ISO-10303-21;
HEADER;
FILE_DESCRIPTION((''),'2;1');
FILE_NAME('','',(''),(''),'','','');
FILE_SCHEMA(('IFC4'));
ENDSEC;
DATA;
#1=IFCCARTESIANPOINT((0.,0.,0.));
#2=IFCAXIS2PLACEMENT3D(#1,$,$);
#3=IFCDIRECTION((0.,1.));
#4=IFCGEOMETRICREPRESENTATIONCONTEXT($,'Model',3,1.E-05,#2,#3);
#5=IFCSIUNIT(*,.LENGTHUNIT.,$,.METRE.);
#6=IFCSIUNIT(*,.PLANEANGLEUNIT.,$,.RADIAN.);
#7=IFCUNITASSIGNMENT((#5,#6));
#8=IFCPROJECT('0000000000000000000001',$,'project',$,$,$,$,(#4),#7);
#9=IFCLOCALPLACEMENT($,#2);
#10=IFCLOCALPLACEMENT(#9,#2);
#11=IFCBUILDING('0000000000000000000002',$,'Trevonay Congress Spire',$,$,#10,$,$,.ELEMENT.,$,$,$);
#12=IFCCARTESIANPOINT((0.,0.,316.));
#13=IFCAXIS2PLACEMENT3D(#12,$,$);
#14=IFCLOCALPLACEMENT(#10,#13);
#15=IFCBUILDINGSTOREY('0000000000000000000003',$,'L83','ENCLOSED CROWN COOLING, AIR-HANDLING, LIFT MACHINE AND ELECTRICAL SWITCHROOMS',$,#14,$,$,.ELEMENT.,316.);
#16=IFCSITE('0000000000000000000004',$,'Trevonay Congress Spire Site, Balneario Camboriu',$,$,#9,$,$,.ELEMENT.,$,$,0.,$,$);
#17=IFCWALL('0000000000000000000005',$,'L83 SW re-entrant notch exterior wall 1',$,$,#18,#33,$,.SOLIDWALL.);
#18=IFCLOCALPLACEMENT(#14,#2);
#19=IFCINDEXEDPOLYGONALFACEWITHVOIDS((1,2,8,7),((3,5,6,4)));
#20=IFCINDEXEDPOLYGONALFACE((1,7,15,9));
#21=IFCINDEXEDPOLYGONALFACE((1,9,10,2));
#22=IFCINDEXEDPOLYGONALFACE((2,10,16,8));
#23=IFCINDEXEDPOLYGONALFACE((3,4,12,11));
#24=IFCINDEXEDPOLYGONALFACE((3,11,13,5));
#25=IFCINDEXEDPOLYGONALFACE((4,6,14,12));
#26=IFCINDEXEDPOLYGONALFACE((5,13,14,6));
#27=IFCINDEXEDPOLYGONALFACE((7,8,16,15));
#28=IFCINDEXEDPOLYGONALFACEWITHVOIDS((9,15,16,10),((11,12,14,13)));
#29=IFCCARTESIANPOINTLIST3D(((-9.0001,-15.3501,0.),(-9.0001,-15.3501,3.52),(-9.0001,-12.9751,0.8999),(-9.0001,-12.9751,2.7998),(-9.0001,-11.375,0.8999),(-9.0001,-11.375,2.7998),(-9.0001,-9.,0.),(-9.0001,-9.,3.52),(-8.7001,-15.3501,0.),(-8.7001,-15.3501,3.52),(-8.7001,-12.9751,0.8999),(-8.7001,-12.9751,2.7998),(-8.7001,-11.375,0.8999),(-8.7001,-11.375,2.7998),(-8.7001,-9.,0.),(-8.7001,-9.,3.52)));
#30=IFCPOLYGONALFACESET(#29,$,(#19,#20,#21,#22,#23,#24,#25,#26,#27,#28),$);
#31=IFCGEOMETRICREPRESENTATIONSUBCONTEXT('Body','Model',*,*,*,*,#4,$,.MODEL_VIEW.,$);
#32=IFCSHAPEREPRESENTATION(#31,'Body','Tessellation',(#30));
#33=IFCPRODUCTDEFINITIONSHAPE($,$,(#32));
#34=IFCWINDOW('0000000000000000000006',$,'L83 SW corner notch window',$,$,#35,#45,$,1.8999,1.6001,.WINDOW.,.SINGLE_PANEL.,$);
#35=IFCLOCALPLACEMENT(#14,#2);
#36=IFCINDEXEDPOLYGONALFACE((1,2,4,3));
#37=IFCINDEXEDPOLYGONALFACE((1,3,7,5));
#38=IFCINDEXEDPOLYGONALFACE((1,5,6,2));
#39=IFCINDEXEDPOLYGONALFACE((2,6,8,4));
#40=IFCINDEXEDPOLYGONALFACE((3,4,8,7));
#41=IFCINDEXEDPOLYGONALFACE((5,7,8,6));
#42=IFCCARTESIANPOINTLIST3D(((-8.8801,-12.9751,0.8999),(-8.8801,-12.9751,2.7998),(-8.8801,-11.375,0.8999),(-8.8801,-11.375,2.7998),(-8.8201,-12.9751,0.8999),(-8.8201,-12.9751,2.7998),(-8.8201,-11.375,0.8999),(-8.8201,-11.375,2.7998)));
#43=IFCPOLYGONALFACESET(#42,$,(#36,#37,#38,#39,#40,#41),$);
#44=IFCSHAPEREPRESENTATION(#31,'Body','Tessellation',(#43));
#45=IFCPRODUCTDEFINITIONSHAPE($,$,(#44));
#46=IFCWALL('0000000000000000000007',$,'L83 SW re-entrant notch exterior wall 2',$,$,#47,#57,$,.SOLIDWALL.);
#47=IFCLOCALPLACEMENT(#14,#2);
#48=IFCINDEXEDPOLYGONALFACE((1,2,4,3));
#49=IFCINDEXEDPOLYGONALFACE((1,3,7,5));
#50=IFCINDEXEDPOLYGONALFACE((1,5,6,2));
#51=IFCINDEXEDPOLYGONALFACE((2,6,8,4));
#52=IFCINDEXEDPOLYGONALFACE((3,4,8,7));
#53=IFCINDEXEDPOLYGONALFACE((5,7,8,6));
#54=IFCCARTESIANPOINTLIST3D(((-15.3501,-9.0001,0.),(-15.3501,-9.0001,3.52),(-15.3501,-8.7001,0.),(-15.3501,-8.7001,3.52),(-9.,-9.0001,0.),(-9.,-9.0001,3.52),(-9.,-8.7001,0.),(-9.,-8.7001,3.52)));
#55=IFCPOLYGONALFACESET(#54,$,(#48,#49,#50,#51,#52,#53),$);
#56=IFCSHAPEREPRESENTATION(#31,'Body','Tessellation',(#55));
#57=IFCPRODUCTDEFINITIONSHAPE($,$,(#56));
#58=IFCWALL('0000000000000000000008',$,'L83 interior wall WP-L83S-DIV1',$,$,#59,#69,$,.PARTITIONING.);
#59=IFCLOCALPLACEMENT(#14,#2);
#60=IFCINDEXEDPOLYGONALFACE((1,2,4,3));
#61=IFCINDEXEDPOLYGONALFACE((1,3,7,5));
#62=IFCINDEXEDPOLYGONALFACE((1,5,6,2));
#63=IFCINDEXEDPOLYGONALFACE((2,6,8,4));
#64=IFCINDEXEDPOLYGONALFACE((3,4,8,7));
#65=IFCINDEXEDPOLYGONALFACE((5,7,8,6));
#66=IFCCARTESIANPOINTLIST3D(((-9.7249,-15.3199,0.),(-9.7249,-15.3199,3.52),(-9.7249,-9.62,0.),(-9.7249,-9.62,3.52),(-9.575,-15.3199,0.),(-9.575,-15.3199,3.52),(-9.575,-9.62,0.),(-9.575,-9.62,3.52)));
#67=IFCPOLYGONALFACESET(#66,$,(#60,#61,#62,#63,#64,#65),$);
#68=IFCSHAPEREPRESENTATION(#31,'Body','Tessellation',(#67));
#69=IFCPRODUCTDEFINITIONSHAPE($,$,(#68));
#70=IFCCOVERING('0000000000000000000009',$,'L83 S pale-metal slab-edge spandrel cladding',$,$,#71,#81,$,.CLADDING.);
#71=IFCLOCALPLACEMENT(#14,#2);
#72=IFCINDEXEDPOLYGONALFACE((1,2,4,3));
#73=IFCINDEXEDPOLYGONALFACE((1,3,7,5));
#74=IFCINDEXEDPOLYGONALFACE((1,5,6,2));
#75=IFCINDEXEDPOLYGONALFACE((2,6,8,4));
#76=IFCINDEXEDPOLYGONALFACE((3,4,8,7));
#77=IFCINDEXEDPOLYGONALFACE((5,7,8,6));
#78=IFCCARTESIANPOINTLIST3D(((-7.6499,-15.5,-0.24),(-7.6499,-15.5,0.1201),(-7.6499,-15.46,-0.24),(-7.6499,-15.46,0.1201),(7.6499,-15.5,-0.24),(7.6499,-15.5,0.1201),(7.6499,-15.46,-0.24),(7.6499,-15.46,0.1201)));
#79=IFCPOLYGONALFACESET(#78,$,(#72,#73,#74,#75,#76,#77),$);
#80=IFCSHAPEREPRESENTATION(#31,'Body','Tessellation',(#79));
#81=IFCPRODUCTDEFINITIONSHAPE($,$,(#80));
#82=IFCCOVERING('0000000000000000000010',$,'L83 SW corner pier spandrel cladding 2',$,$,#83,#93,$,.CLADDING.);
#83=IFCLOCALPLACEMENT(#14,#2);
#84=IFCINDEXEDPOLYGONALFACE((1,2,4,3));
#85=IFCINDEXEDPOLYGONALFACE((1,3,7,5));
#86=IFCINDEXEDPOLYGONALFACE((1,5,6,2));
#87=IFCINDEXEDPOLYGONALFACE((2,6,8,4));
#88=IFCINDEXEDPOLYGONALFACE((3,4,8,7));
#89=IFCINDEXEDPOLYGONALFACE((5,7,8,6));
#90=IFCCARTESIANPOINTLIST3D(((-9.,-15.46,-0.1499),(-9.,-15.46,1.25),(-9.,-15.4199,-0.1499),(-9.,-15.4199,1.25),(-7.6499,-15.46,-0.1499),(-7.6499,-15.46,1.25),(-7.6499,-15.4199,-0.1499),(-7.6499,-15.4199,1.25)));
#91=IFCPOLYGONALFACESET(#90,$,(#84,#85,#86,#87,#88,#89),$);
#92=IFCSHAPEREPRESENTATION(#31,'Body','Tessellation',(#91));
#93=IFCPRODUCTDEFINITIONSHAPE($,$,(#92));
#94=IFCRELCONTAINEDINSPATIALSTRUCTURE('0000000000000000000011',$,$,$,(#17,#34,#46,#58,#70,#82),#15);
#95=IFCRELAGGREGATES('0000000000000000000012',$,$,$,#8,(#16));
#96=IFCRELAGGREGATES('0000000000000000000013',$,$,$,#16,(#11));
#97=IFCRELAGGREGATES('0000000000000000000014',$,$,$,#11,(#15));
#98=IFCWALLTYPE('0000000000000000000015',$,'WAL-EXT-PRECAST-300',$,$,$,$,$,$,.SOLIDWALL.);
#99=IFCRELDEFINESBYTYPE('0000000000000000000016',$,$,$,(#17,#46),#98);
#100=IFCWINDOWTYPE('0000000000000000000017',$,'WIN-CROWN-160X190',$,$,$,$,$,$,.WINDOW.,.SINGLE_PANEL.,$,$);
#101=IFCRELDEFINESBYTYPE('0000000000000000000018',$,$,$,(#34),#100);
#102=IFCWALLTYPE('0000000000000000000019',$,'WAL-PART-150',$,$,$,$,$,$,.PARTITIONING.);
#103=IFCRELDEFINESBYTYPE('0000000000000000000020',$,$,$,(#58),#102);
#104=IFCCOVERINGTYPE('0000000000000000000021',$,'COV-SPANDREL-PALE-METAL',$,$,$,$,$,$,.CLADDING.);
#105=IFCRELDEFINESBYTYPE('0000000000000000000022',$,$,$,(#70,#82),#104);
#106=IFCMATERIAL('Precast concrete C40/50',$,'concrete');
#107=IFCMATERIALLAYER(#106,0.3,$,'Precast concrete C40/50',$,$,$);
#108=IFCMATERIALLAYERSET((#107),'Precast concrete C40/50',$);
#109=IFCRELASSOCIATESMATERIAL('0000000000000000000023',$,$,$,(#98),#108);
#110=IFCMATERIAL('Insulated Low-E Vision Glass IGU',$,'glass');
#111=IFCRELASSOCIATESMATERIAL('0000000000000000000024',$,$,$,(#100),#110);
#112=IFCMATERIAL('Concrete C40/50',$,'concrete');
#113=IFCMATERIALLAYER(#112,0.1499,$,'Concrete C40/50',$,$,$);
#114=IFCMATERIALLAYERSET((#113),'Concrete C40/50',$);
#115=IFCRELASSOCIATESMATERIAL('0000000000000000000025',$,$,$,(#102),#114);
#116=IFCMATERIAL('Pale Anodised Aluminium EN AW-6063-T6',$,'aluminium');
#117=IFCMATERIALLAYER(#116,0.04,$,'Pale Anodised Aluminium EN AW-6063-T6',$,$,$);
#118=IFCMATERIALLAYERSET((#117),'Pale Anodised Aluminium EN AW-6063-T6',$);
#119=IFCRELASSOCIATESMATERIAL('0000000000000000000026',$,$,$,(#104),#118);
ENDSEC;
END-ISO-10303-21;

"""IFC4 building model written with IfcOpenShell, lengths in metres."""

from ifc_helpers import new_model, si_unit, direction, frame, frame_2d, origin, place, context, subcontext, project, spatial, rectangle, extrude, material, layer, layer_set, type_object, element, fill, save


model = new_model("IFC4")

# Units and contexts
model_context = context("Model", 3, precision=1e-05, world=origin(), true_north=direction((0.0, 1.0)))
body_context = subcontext(model_context, "Body", "Model", "MODEL_VIEW")
ifc_project = project(units=[si_unit("LENGTHUNIT", "METRE"), si_unit("PLANEANGLEUNIT", "RADIAN")], contexts=[model_context])

# Site, building, storey
site_placement = place(None, origin())
site = spatial("IfcSite", under=ifc_project, at=site_placement, Name="Trevonay Congress Spire Site, Balneario Camboriu", CompositionType="ELEMENT", RefElevation=0.0)
building_placement = place(site_placement, origin())
building = spatial("IfcBuilding", under=site, at=building_placement, Name="Trevonay Congress Spire", CompositionType="ELEMENT")
storey_placement = place(building_placement, frame((0.0, 0.0, 316.0)))
storey = spatial("IfcBuildingStorey", under=building, at=storey_placement, Name="L83", Description="ENCLOSED CROWN COOLING, AIR-HANDLING, LIFT MACHINE AND ELECTRICAL SWITCHROOMS", CompositionType="ELEMENT", Elevation=316.0)

# Shared definitions
ifc_material_1 = material(Name="Pale Anodised Aluminium EN AW-6063-T6", Category="aluminium")

# Shared definitions
ifc_material_2 = material(Name="Concrete C40/50", Category="concrete")

# Wall, opening, window
ifc_material_3 = material(Name="Precast concrete C40/50", Category="concrete")
ifc_layer_1 = layer(ifc_material_3, 0.3, Name="Precast concrete C40/50")
ifc_layer_set_1 = layer_set([ifc_layer_1], Name="Precast concrete C40/50")
wall_type_1 = type_object("IfcWallType", Name="WAL-EXT-PRECAST-300", PredefinedType="SOLIDWALL", material=ifc_layer_set_1)
wall_1_placement = place(storey_placement, frame((-8.8501, -15.3501, 0.0), z_axis=(0.0, 0.0, 1.0), x_axis=(0.0, 1.0, 0.0)))
wall_1 = element("IfcWall", 1, at=wall_1_placement, inside=storey, type_object=wall_type_1, Name="L83 SW re-entrant notch exterior wall 1", PredefinedType="SOLIDWALL", context=body_context, shape_type="SweptSolid", body=[
    extrude(rectangle(XDim=6.3501, YDim=0.3, at=frame_2d((3.175, 0.0))), origin(), (0.0, 0.0, 1.0), 3.52),
])
opening_1_placement = place(wall_1_placement, frame((2.375, 0.0, 0.8999)))
opening_1 = element("IfcOpeningElement", 2, at=opening_1_placement, cuts=wall_1, PredefinedType="OPENING", context=body_context, shape_type="SweptSolid", body=[
    extrude(rectangle(XDim=1.6001, YDim=1.8999, at=frame_2d((0.8, 0.95))), frame((0.0, 0.1602, 0.0), z_axis=(0.0, -1.0, 0.0), x_axis=(1.0, 0.0, 0.0)), (0.0, 0.0, 1.0), 0.3201),
])
ifc_material_4 = material(Name="Insulated Low-E Vision Glass IGU", Category="glass")
window_type = type_object("IfcWindowType", Name="WIN-CROWN-160X190", PartitioningType="SINGLE_PANEL", PredefinedType="WINDOW", material=ifc_material_4)
window_placement = place(opening_1_placement, origin())
window = element("IfcWindow", 3, at=window_placement, inside=storey, type_object=window_type, Name="L83 SW corner notch window", OverallHeight=1.8999, OverallWidth=1.6001, PartitioningType="SINGLE_PANEL", PredefinedType="WINDOW", context=body_context, shape_type="SweptSolid", body=[
    extrude(rectangle(XDim=1.6001, YDim=1.8999, at=frame_2d((0.8, 0.95))), frame((0.0, 0.03, 0.0), z_axis=(0.0, -1.0, 0.0), x_axis=(1.0, 0.0, 0.0)), (0.0, 0.0, 1.0), 0.0601),
])
fill(opening_1, window)

# Walls
wall_2_placement = place(storey_placement, frame((-15.3501, -8.8501, 0.0), z_axis=(0.0, 0.0, 1.0), x_axis=(1.0, 0.0, 0.0)))
element("IfcWall", 4, at=wall_2_placement, inside=storey, type_object=wall_type_1, Name="L83 SW re-entrant notch exterior wall 2", PredefinedType="SOLIDWALL", context=body_context, shape_type="SweptSolid", body=[
    extrude(rectangle(XDim=6.3501, YDim=0.3, at=frame_2d((3.175, 0.0))), origin(), (0.0, 0.0, 1.0), 3.52),
])
ifc_layer_2 = layer(ifc_material_2, 0.1499, Name="Concrete C40/50")
ifc_layer_set_2 = layer_set([ifc_layer_2], Name="Concrete C40/50")
wall_type_2 = type_object("IfcWallType", Name="WAL-PART-150", PredefinedType="PARTITIONING", material=ifc_layer_set_2)
wall_3_placement = place(storey_placement, frame((-9.6499, -15.3201, 0.0), z_axis=(0.0, 0.0, 1.0), x_axis=(0.0, 1.0, 0.0)))
element("IfcWall", 5, at=wall_3_placement, inside=storey, type_object=wall_type_2, Name="L83 interior wall WP-L83S-DIV1", PredefinedType="PARTITIONING", context=body_context, shape_type="SweptSolid", body=[
    extrude(rectangle(XDim=5.7, YDim=0.1499, at=frame_2d((2.8501, 0.0))), origin(), (0.0, 0.0, 1.0), 3.52),
])

# Coverings
ifc_layer_3 = layer(ifc_material_1, 0.04, Name="Pale Anodised Aluminium EN AW-6063-T6")
ifc_layer_set_3 = layer_set([ifc_layer_3], Name="Pale Anodised Aluminium EN AW-6063-T6")
covering_type = type_object("IfcCoveringType", Name="COV-SPANDREL-PALE-METAL", PredefinedType="CLADDING", material=ifc_layer_set_3)
covering_1_placement = place(storey_placement, frame((-7.6499, -15.48, -0.24), z_axis=(0.0, 0.0, 1.0), x_axis=(1.0, 0.0, 0.0)))
element("IfcCovering", 6, at=covering_1_placement, inside=storey, type_object=covering_type, Name="L83 S pale-metal slab-edge spandrel cladding", PredefinedType="CLADDING", context=body_context, shape_type="SweptSolid", body=[
    extrude(rectangle(XDim=15.2998, YDim=0.04, at=frame_2d((7.6499, 0.0))), origin(), (0.0, 0.0, 1.0), 0.3601),
])
covering_2_placement = place(storey_placement, frame((-7.6499, -15.4399, -0.1499), z_axis=(0.0, 0.0, 1.0), x_axis=(-1.0, 0.0, 0.0)))
element("IfcCovering", 7, at=covering_2_placement, inside=storey, type_object=covering_type, Name="L83 SW corner pier spandrel cladding 2", PredefinedType="CLADDING", context=body_context, shape_type="SweptSolid", body=[
    extrude(rectangle(XDim=1.3501, YDim=0.04, at=frame_2d((0.675, 0.0))), origin(), (0.0, 0.0, 1.0), 1.3999),
])

save(model, "model.ifc")
